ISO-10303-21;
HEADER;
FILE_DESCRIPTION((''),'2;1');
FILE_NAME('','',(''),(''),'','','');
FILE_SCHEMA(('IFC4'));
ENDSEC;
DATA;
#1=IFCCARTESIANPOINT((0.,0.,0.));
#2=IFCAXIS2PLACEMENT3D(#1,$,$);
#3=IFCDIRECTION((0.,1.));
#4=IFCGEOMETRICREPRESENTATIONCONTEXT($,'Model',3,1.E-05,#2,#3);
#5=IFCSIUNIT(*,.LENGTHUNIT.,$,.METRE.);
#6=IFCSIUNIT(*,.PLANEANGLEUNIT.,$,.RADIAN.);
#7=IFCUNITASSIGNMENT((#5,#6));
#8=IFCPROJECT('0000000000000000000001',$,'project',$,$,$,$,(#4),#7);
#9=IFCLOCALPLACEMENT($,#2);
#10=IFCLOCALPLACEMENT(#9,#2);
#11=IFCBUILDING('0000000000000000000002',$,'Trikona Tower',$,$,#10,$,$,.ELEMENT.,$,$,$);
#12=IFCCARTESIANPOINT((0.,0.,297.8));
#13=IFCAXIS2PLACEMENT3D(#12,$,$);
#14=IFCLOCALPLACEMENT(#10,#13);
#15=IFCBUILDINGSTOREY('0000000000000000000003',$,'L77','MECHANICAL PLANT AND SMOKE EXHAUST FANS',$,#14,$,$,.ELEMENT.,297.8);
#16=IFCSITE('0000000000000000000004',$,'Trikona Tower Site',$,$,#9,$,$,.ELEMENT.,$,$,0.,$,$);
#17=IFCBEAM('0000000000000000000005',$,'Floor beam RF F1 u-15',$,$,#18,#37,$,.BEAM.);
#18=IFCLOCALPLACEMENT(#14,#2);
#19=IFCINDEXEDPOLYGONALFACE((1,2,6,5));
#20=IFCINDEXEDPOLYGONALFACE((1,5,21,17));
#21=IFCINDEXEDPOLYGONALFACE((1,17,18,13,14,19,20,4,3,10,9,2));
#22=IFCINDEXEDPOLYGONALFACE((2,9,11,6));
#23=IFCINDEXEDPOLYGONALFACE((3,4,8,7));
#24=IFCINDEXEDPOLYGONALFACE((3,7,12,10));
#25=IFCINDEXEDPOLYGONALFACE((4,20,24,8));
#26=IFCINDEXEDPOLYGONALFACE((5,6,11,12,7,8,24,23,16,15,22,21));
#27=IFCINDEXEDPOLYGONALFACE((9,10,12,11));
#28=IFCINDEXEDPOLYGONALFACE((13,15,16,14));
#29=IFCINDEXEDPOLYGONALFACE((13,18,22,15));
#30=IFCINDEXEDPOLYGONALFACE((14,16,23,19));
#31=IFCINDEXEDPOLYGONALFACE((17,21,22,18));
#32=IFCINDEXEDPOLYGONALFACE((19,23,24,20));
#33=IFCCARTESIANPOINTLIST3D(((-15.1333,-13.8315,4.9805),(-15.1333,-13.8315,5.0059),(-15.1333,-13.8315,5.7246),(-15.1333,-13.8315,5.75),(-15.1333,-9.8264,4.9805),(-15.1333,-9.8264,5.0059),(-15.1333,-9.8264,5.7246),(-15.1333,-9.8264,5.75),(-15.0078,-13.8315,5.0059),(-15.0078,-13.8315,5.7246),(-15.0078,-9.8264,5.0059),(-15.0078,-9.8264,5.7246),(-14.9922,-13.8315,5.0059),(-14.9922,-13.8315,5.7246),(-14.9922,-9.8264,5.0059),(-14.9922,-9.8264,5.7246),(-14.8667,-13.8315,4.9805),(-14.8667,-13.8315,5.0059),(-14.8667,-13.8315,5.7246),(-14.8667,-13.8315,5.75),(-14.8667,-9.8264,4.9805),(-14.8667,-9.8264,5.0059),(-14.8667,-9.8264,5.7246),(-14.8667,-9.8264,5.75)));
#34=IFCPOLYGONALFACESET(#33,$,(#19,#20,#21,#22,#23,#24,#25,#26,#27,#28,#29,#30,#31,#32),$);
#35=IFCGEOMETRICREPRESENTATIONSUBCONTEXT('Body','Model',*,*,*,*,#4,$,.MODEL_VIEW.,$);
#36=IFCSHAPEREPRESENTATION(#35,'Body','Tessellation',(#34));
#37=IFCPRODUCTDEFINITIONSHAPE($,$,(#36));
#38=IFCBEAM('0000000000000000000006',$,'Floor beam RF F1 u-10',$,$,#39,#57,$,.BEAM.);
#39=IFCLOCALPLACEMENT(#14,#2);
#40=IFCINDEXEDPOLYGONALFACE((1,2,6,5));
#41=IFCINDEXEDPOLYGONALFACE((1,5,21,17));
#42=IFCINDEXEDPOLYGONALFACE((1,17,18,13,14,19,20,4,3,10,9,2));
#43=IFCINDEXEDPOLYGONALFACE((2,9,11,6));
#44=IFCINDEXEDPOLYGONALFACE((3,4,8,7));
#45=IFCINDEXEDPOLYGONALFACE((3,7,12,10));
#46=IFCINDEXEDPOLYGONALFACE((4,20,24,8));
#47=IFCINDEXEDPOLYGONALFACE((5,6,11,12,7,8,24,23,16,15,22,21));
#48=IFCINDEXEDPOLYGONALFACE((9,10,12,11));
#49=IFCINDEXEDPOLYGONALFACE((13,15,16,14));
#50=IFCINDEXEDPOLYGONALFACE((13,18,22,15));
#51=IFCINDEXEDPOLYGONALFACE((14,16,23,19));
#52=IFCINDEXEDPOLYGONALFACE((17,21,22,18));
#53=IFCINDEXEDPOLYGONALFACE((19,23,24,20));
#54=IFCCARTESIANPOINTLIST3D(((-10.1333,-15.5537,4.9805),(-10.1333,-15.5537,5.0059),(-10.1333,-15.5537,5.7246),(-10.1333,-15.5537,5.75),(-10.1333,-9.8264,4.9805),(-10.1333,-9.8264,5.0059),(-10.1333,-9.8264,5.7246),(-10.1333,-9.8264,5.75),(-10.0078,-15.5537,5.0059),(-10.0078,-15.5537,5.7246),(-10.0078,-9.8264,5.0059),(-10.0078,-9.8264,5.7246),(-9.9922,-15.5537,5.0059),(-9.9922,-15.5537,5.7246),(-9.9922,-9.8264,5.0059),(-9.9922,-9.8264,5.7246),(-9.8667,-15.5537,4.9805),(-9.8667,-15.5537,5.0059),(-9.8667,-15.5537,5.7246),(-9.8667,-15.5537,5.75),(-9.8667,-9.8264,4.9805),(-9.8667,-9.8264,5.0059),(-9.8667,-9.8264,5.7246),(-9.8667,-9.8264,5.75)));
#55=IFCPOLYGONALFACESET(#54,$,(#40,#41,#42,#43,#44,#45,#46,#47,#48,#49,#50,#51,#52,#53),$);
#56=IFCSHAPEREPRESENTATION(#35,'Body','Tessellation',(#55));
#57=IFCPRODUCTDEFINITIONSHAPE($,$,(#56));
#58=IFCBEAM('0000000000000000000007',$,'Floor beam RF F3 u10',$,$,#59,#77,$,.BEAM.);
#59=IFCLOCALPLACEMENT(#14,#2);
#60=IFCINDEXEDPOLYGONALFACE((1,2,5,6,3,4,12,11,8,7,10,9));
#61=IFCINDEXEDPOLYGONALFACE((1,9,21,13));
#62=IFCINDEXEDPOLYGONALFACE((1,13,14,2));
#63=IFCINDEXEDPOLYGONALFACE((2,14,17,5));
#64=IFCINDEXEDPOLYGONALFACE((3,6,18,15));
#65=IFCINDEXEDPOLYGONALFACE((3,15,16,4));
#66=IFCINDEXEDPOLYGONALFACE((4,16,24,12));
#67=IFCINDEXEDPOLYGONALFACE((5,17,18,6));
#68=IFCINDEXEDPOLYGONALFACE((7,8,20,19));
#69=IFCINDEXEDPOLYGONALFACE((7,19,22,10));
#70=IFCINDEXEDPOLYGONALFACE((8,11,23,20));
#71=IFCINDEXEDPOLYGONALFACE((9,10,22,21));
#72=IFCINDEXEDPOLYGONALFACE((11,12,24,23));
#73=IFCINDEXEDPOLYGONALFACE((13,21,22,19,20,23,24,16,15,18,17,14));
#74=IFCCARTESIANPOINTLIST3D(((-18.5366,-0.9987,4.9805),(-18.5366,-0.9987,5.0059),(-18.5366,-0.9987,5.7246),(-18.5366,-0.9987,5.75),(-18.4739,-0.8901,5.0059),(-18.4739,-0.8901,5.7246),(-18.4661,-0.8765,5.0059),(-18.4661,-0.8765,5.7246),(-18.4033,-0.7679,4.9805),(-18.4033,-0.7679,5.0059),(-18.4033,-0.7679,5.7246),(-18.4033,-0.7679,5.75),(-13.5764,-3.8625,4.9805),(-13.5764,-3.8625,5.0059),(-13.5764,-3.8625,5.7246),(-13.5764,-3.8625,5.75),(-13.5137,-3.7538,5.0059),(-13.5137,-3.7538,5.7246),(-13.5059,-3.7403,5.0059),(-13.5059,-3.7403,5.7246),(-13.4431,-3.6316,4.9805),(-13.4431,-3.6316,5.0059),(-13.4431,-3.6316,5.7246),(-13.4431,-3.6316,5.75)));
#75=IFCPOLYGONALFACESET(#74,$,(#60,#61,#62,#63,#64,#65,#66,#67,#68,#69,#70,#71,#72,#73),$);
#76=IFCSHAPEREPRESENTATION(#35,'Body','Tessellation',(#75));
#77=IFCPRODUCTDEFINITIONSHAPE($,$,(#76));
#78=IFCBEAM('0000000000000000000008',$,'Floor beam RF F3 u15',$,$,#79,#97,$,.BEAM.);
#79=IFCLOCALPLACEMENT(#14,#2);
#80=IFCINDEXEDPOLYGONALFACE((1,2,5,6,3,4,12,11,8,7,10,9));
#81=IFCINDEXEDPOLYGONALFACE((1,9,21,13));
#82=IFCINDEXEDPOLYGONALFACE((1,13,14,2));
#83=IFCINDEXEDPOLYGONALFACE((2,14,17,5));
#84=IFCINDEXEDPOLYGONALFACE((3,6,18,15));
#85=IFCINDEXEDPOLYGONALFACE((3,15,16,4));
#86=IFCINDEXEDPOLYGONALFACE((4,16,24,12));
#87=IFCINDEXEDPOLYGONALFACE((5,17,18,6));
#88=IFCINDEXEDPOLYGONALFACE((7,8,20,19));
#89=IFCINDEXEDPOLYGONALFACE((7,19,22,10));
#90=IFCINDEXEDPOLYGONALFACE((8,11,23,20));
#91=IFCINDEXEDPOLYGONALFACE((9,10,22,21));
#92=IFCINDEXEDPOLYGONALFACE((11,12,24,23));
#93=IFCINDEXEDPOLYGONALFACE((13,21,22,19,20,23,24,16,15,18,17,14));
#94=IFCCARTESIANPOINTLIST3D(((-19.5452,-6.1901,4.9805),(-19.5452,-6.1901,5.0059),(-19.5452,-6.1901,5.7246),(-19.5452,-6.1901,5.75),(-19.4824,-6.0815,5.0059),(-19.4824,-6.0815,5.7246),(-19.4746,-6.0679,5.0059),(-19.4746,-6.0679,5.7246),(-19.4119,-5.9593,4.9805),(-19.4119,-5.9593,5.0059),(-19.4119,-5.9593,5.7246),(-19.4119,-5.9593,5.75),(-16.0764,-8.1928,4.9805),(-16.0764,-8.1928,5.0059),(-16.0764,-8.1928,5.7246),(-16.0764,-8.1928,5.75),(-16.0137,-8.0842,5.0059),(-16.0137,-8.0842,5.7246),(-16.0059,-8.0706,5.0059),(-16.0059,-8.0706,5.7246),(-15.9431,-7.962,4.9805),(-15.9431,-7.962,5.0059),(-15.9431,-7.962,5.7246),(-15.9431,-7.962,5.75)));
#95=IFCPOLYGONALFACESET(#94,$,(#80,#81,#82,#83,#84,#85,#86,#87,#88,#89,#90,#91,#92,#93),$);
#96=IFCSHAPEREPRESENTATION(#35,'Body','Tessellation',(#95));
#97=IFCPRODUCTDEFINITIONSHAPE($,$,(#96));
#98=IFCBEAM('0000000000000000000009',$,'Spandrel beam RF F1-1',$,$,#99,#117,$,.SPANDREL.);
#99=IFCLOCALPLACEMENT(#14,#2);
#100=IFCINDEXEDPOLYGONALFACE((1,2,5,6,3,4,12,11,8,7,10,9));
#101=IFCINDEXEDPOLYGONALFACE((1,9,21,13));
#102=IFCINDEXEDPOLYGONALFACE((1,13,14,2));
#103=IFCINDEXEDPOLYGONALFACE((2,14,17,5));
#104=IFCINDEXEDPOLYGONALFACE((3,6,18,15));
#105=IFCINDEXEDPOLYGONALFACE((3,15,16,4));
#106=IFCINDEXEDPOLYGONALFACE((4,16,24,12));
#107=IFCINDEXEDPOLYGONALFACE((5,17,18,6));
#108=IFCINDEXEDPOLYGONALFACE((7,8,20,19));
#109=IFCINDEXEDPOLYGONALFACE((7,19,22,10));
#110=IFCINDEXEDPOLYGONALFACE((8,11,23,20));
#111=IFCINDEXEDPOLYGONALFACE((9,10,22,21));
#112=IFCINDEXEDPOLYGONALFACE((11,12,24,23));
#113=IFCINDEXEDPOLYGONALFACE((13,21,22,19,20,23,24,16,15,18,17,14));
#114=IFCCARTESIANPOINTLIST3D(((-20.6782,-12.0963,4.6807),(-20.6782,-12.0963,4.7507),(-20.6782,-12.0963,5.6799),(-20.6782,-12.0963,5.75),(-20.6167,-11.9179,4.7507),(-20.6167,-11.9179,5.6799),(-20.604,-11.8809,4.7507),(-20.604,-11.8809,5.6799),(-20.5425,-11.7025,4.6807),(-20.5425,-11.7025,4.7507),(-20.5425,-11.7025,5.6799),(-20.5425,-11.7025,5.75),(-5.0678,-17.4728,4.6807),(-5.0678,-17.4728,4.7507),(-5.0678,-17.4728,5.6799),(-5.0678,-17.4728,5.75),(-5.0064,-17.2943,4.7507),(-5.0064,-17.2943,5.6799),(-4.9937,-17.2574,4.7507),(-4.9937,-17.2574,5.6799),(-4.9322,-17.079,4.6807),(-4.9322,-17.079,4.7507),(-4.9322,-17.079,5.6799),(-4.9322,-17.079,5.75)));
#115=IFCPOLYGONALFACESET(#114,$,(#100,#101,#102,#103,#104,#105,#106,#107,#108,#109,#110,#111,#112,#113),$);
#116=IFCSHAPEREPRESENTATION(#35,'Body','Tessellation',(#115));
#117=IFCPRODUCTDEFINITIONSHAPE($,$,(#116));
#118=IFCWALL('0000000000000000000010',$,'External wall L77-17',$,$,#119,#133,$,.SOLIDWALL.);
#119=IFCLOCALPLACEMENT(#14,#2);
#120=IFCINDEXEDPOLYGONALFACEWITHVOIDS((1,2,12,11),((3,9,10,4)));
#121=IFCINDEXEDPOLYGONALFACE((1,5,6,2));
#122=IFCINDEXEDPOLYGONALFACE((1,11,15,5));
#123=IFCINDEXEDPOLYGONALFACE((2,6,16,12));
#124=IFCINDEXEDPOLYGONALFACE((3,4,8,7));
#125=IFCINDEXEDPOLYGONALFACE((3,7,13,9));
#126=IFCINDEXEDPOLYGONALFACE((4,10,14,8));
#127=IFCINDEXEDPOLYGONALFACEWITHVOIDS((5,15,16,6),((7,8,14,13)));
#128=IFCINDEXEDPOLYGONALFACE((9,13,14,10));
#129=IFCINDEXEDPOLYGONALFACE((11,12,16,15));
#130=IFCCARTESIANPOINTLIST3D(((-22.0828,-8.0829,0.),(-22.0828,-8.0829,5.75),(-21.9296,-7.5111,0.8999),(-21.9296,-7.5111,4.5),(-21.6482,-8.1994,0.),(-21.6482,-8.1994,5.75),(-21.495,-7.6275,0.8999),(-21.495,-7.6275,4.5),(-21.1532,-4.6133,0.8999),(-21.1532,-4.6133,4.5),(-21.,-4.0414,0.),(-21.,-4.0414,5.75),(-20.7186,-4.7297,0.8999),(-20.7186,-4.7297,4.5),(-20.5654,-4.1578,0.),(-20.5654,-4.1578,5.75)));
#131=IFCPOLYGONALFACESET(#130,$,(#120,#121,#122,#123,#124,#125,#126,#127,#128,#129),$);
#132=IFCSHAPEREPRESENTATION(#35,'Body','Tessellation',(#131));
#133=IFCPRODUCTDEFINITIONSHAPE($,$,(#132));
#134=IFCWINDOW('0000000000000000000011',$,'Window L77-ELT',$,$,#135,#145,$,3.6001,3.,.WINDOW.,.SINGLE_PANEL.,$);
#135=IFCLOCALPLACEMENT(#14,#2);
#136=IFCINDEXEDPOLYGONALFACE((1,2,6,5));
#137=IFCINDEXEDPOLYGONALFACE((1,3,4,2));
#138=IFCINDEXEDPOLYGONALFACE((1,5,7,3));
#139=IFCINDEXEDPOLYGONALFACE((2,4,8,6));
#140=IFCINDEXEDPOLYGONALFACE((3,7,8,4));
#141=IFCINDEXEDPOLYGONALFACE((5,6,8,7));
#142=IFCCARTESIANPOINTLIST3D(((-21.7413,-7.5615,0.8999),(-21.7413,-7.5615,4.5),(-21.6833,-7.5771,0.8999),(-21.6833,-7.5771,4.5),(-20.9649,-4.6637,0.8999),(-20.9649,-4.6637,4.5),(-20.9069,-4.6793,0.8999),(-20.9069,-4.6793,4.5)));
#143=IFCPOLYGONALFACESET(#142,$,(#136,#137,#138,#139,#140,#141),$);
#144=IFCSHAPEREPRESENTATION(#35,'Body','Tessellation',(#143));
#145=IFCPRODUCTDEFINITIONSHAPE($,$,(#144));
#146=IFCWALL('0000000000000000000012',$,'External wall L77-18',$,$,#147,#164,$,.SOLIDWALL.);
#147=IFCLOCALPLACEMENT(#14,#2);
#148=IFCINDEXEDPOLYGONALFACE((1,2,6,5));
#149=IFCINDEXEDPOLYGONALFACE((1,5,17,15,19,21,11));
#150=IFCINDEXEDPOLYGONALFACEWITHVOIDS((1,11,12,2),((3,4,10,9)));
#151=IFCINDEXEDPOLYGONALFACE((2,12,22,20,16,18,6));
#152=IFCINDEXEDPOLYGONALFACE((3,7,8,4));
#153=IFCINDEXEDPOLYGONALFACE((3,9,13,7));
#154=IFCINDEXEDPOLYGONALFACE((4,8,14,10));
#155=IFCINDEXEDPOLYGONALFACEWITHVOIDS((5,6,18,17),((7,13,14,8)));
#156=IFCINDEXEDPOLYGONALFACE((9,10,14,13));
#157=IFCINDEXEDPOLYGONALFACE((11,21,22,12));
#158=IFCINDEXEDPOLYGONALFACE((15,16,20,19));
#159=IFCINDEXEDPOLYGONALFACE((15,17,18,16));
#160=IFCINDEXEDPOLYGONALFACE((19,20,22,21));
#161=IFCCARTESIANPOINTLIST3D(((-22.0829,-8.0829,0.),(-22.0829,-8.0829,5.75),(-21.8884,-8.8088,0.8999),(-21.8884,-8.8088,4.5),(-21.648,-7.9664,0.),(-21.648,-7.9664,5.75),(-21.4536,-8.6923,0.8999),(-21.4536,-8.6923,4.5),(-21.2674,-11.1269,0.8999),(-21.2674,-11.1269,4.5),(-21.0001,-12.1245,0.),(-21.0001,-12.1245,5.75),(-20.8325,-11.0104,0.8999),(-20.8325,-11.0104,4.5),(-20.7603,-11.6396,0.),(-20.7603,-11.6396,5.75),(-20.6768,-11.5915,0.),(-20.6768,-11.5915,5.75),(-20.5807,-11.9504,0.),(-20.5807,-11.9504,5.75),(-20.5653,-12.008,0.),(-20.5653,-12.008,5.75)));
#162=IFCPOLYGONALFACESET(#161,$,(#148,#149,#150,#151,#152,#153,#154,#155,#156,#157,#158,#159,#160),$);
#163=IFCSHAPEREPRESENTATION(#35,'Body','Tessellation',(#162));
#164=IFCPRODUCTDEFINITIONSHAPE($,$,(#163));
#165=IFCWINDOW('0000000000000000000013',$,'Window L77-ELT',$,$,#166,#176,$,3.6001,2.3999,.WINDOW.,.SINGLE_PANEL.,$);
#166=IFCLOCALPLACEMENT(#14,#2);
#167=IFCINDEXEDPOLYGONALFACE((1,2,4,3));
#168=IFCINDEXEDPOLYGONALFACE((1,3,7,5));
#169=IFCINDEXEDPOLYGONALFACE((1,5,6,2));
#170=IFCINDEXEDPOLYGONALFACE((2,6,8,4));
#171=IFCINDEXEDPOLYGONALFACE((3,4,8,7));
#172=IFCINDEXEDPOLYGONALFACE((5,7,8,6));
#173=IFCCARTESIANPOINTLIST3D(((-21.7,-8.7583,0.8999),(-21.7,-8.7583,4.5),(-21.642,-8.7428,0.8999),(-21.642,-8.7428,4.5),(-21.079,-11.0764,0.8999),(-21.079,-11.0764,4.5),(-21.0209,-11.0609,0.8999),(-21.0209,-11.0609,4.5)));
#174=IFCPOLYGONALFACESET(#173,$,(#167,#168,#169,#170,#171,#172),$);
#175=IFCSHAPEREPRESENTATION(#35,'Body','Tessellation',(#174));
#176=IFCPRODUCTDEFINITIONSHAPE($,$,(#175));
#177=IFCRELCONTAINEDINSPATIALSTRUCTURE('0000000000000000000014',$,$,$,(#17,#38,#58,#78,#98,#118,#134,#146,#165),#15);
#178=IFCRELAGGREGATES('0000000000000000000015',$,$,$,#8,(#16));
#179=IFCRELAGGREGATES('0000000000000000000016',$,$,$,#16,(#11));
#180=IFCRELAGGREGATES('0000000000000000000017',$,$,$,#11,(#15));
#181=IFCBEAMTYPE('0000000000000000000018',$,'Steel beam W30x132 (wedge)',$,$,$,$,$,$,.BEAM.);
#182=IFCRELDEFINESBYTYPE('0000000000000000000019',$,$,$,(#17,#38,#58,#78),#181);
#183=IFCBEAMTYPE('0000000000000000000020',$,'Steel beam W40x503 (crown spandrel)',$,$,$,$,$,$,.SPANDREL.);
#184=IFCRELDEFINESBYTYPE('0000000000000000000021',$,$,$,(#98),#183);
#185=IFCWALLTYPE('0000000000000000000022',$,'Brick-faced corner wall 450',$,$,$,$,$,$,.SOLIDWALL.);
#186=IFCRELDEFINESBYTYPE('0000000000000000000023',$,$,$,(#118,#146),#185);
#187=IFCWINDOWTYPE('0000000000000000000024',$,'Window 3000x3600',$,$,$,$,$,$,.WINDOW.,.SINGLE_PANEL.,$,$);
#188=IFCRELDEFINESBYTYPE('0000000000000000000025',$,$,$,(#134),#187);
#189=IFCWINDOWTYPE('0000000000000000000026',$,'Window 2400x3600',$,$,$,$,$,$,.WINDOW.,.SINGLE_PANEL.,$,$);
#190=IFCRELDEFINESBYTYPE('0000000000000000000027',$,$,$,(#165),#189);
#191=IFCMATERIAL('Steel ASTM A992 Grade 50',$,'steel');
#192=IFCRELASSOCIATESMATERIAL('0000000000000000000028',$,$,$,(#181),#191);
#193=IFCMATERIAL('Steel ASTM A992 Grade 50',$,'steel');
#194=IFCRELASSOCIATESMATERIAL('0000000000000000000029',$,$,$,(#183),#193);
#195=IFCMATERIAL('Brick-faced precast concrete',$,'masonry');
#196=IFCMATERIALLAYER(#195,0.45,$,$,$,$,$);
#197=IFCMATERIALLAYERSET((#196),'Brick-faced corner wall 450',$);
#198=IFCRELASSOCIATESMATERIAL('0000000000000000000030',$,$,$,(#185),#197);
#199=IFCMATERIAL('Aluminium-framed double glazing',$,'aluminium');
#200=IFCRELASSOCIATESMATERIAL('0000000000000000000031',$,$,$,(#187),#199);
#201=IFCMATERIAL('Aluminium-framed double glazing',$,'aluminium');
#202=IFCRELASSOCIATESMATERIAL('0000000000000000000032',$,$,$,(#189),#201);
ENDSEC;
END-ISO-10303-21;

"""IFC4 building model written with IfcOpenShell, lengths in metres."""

from ifc_helpers import new_model, si_unit, direction, frame, frame_2d, origin, origin_2d, place, context, subcontext, project, spatial, polyline, rectangle, i_section, outline, extrude, material, layer, layer_set, material_profile, profile_set, type_object, element, fill, save


model = new_model("IFC4")

# Units and contexts
model_context = context("Model", 3, precision=1e-05, world=origin(), true_north=direction((0.0, 1.0)))
body_context = subcontext(model_context, "Body", "Model", "MODEL_VIEW")
ifc_project = project(units=[si_unit("LENGTHUNIT", "METRE"), si_unit("PLANEANGLEUNIT", "RADIAN")], contexts=[model_context])

# Site, building, storey
site_placement = place(None, origin())
site = spatial("IfcSite", under=ifc_project, at=site_placement, Name="Trikona Tower Site", CompositionType="ELEMENT", RefElevation=0.0)
building_placement = place(site_placement, origin())
building = spatial("IfcBuilding", under=site, at=building_placement, Name="Trikona Tower", CompositionType="ELEMENT")
storey_placement = place(building_placement, frame((0.0, 0.0, 297.8)))
storey = spatial("IfcBuildingStorey", under=building, at=storey_placement, Name="L77", Description="MECHANICAL PLANT AND SMOKE EXHAUST FANS", CompositionType="ELEMENT", Elevation=297.8)

# Beams
ifc_material_1 = material(Name="Steel ASTM A992 Grade 50", Category="steel")
ifc_material_profile_1 = material_profile(ifc_material_1, i_section(OverallWidth=0.2666, OverallDepth=0.7695, WebThickness=0.0156, FlangeThickness=0.0254, at=origin_2d()), Name="W30X132")
ifc_profile_set_1 = profile_set([ifc_material_profile_1], Name="Steel ASTM A992 Grade 50")
beam_type_1 = type_object("IfcBeamType", Name="Steel beam W30x132 (wedge)", PredefinedType="BEAM", material=ifc_profile_set_1)
beam_1_placement = place(storey_placement, frame((-15.0, -9.8264, 5.3652), z_axis=(0.0, -1.0, 0.0), x_axis=(1.0, 0.0, 0.0)))
element("IfcBeam", 1, at=beam_1_placement, inside=storey, type_object=beam_type_1, Name="Floor beam RF F1 u-15", PredefinedType="BEAM", context=body_context, shape_type="SweptSolid", body=[
    extrude(i_section(OverallWidth=0.2666, OverallDepth=0.7695, WebThickness=0.0156, FlangeThickness=0.0254, at=origin_2d()), origin(), (0.0, 0.0, 1.0), 4.0051),
])
beam_2_placement = place(storey_placement, frame((-10.0, -9.8264, 5.3652), z_axis=(0.0, -1.0, 0.0), x_axis=(1.0, 0.0, 0.0)))
element("IfcBeam", 2, at=beam_2_placement, inside=storey, type_object=beam_type_1, Name="Floor beam RF F1 u-10", PredefinedType="BEAM", context=body_context, shape_type="SweptSolid", body=[
    extrude(i_section(OverallWidth=0.2666, OverallDepth=0.7695, WebThickness=0.0156, FlangeThickness=0.0254, at=origin_2d()), origin(), (0.0, 0.0, 1.0), 5.7273),
])
beam_3_placement = place(storey_placement, frame((-13.5098, -3.7471, 5.3652), z_axis=(-0.866026, 0.499999, 0.0), x_axis=(-0.499999, -0.866026, 0.0)))
element("IfcBeam", 3, at=beam_3_placement, inside=storey, type_object=beam_type_1, Name="Floor beam RF F3 u10", PredefinedType="BEAM", context=body_context, shape_type="SweptSolid", body=[
    extrude(i_section(OverallWidth=0.2666, OverallDepth=0.7695, WebThickness=0.0156, FlangeThickness=0.0254, at=origin_2d()), origin(), (0.0, 0.0, 1.0), 5.7275),
])
beam_4_placement = place(storey_placement, frame((-16.0098, -8.0774, 5.3652), z_axis=(-0.866025, 0.5, 0.0), x_axis=(-0.5, -0.866025, 0.0)))
element("IfcBeam", 4, at=beam_4_placement, inside=storey, type_object=beam_type_1, Name="Floor beam RF F3 u15", PredefinedType="BEAM", context=body_context, shape_type="SweptSolid", body=[
    extrude(i_section(OverallWidth=0.2666, OverallDepth=0.7695, WebThickness=0.0156, FlangeThickness=0.0254, at=origin_2d()), origin(), (0.0, 0.0, 1.0), 4.0054),
])
ifc_material_2 = material(Name="Steel ASTM A992 Grade 50", Category="steel")
ifc_material_profile_2 = material_profile(ifc_material_2, i_section(OverallWidth=0.4165, OverallDepth=1.0693, WebThickness=0.0391, FlangeThickness=0.0701, at=origin_2d()), Name="W40X503")
ifc_profile_set_2 = profile_set([ifc_material_profile_2], Name="Steel ASTM A992 Grade 50")
beam_type_2 = type_object("IfcBeamType", Name="Steel beam W40x503 (crown spandrel)", PredefinedType="SPANDREL", material=ifc_profile_set_2)
beam_5_placement = place(storey_placement, frame((-20.6104, -11.8994, 5.2153), z_axis=(0.945493, -0.325643, 0.0), x_axis=(0.325643, 0.945493, 0.0)))
element("IfcBeam", 5, at=beam_5_placement, inside=storey, type_object=beam_type_2, Name="Spandrel beam RF F1-1", PredefinedType="SPANDREL", context=body_context, shape_type="SweptSolid", body=[
    extrude(i_section(OverallWidth=0.4165, OverallDepth=1.0693, WebThickness=0.0391, FlangeThickness=0.0701, at=origin_2d()), origin(), (0.0, 0.0, 1.0), 16.5103),
])

# Walls, openings, windows
ifc_material_3 = material(Name="Brick-faced precast concrete", Category="masonry")
ifc_layer_1 = layer(ifc_material_3, 0.45)
ifc_layer_set_1 = layer_set([ifc_layer_1], Name="Brick-faced corner wall 450")
wall_type_1 = type_object("IfcWallType", Name="Brick-faced corner wall 450", PredefinedType="SOLIDWALL", material=ifc_layer_set_1)
wall_1_placement = place(storey_placement, frame((-20.7827, -4.0996, 0.0), z_axis=(0.0, 0.0, 1.0), x_axis=(-0.258785, -0.965935, 0.0)))
wall_1 = element("IfcWall", 6, at=wall_1_placement, inside=storey, type_object=wall_type_1, Name="External wall L77-17", PredefinedType="SOLIDWALL", context=body_context, shape_type="SweptSolid", body=[
    extrude(rectangle(XDim=4.1841, YDim=0.45, at=frame_2d((2.092, 0.0))), origin(), (0.0, 0.0, 1.0), 5.75),
])
opening_1_placement = place(wall_1_placement, frame((0.592, 0.0, 0.8999)))
opening_1 = element("IfcOpeningElement", 7, at=opening_1_placement, cuts=wall_1, PredefinedType="OPENING", context=body_context, shape_type="SweptSolid", body=[
    extrude(rectangle(XDim=3.0, YDim=3.6001, at=frame_2d((1.5, 1.8))), frame((0.0, 0.2349, 0.0), z_axis=(0.0, -1.0, 0.0), x_axis=(1.0, 0.0, 0.0)), (0.0, 0.0, 1.0), 0.47),
])
ifc_material_4 = material(Name="Aluminium-framed double glazing", Category="aluminium")
window_type_1 = type_object("IfcWindowType", Name="Window 3000x3600", PartitioningType="SINGLE_PANEL", PredefinedType="WINDOW", material=ifc_material_4)
window_1_placement = place(opening_1_placement, origin())
window_1 = element("IfcWindow", 8, at=window_1_placement, inside=storey, type_object=window_type_1, Name="Window L77-ELT", OverallHeight=3.6001, OverallWidth=3.0, PartitioningType="SINGLE_PANEL", PredefinedType="WINDOW", context=body_context, shape_type="SweptSolid", body=[
    extrude(rectangle(XDim=3.0, YDim=3.6001, at=frame_2d((1.5, 1.8))), frame((0.0, 0.03, 0.0), z_axis=(0.0, -1.0, 0.0), x_axis=(1.0, 0.0, 0.0)), (0.0, 0.0, 1.0), 0.0601),
])
fill(opening_1, window_1)
wall_2_placement = place(storey_placement, frame((-21.8655, -8.0247, 0.0), z_axis=(0.0, 0.0, 1.0), x_axis=(0.258785, -0.965935, 0.0)))
wall_2 = element("IfcWall", 9, at=wall_2_placement, inside=storey, type_object=wall_type_1, Name="External wall L77-18", PredefinedType="SOLIDWALL", context=body_context, shape_type="SweptSolid", body=[
    extrude(outline(polyline([(4.1841, 0.2251), (4.1245, 0.2251), (3.7778, 0.1321), (3.7529, 0.2251), (0.0, 0.2251), (0.0, -0.2251), (4.1841, -0.2251), (4.1841, 0.2251)])), origin(), (0.0, 0.0, 1.0), 5.75),
])
opening_2_placement = place(wall_2_placement, frame((0.7515, 0.0, 0.8999)))
opening_2 = element("IfcOpeningElement", 10, at=opening_2_placement, cuts=wall_2, PredefinedType="OPENING", context=body_context, shape_type="SweptSolid", body=[
    extrude(rectangle(XDim=2.3999, YDim=3.6001, at=frame_2d((1.2, 1.8))), frame((0.0, 0.2349, 0.0), z_axis=(0.0, -1.0, 0.0), x_axis=(1.0, 0.0, 0.0)), (0.0, 0.0, 1.0), 0.47),
])
ifc_material_5 = material(Name="Aluminium-framed double glazing", Category="aluminium")
window_type_2 = type_object("IfcWindowType", Name="Window 2400x3600", PartitioningType="SINGLE_PANEL", PredefinedType="WINDOW", material=ifc_material_5)
window_2_placement = place(opening_2_placement, origin())
window_2 = element("IfcWindow", 11, at=window_2_placement, inside=storey, type_object=window_type_2, Name="Window L77-ELT", OverallHeight=3.6001, OverallWidth=2.3999, PartitioningType="SINGLE_PANEL", PredefinedType="WINDOW", context=body_context, shape_type="SweptSolid", body=[
    extrude(rectangle(XDim=2.3999, YDim=3.6001, at=frame_2d((1.2, 1.8))), frame((0.0, 0.03, 0.0), z_axis=(0.0, -1.0, 0.0), x_axis=(1.0, 0.0, 0.0)), (0.0, 0.0, 1.0), 0.0601),
])
fill(opening_2, window_2)

save(model, "model.ifc")
